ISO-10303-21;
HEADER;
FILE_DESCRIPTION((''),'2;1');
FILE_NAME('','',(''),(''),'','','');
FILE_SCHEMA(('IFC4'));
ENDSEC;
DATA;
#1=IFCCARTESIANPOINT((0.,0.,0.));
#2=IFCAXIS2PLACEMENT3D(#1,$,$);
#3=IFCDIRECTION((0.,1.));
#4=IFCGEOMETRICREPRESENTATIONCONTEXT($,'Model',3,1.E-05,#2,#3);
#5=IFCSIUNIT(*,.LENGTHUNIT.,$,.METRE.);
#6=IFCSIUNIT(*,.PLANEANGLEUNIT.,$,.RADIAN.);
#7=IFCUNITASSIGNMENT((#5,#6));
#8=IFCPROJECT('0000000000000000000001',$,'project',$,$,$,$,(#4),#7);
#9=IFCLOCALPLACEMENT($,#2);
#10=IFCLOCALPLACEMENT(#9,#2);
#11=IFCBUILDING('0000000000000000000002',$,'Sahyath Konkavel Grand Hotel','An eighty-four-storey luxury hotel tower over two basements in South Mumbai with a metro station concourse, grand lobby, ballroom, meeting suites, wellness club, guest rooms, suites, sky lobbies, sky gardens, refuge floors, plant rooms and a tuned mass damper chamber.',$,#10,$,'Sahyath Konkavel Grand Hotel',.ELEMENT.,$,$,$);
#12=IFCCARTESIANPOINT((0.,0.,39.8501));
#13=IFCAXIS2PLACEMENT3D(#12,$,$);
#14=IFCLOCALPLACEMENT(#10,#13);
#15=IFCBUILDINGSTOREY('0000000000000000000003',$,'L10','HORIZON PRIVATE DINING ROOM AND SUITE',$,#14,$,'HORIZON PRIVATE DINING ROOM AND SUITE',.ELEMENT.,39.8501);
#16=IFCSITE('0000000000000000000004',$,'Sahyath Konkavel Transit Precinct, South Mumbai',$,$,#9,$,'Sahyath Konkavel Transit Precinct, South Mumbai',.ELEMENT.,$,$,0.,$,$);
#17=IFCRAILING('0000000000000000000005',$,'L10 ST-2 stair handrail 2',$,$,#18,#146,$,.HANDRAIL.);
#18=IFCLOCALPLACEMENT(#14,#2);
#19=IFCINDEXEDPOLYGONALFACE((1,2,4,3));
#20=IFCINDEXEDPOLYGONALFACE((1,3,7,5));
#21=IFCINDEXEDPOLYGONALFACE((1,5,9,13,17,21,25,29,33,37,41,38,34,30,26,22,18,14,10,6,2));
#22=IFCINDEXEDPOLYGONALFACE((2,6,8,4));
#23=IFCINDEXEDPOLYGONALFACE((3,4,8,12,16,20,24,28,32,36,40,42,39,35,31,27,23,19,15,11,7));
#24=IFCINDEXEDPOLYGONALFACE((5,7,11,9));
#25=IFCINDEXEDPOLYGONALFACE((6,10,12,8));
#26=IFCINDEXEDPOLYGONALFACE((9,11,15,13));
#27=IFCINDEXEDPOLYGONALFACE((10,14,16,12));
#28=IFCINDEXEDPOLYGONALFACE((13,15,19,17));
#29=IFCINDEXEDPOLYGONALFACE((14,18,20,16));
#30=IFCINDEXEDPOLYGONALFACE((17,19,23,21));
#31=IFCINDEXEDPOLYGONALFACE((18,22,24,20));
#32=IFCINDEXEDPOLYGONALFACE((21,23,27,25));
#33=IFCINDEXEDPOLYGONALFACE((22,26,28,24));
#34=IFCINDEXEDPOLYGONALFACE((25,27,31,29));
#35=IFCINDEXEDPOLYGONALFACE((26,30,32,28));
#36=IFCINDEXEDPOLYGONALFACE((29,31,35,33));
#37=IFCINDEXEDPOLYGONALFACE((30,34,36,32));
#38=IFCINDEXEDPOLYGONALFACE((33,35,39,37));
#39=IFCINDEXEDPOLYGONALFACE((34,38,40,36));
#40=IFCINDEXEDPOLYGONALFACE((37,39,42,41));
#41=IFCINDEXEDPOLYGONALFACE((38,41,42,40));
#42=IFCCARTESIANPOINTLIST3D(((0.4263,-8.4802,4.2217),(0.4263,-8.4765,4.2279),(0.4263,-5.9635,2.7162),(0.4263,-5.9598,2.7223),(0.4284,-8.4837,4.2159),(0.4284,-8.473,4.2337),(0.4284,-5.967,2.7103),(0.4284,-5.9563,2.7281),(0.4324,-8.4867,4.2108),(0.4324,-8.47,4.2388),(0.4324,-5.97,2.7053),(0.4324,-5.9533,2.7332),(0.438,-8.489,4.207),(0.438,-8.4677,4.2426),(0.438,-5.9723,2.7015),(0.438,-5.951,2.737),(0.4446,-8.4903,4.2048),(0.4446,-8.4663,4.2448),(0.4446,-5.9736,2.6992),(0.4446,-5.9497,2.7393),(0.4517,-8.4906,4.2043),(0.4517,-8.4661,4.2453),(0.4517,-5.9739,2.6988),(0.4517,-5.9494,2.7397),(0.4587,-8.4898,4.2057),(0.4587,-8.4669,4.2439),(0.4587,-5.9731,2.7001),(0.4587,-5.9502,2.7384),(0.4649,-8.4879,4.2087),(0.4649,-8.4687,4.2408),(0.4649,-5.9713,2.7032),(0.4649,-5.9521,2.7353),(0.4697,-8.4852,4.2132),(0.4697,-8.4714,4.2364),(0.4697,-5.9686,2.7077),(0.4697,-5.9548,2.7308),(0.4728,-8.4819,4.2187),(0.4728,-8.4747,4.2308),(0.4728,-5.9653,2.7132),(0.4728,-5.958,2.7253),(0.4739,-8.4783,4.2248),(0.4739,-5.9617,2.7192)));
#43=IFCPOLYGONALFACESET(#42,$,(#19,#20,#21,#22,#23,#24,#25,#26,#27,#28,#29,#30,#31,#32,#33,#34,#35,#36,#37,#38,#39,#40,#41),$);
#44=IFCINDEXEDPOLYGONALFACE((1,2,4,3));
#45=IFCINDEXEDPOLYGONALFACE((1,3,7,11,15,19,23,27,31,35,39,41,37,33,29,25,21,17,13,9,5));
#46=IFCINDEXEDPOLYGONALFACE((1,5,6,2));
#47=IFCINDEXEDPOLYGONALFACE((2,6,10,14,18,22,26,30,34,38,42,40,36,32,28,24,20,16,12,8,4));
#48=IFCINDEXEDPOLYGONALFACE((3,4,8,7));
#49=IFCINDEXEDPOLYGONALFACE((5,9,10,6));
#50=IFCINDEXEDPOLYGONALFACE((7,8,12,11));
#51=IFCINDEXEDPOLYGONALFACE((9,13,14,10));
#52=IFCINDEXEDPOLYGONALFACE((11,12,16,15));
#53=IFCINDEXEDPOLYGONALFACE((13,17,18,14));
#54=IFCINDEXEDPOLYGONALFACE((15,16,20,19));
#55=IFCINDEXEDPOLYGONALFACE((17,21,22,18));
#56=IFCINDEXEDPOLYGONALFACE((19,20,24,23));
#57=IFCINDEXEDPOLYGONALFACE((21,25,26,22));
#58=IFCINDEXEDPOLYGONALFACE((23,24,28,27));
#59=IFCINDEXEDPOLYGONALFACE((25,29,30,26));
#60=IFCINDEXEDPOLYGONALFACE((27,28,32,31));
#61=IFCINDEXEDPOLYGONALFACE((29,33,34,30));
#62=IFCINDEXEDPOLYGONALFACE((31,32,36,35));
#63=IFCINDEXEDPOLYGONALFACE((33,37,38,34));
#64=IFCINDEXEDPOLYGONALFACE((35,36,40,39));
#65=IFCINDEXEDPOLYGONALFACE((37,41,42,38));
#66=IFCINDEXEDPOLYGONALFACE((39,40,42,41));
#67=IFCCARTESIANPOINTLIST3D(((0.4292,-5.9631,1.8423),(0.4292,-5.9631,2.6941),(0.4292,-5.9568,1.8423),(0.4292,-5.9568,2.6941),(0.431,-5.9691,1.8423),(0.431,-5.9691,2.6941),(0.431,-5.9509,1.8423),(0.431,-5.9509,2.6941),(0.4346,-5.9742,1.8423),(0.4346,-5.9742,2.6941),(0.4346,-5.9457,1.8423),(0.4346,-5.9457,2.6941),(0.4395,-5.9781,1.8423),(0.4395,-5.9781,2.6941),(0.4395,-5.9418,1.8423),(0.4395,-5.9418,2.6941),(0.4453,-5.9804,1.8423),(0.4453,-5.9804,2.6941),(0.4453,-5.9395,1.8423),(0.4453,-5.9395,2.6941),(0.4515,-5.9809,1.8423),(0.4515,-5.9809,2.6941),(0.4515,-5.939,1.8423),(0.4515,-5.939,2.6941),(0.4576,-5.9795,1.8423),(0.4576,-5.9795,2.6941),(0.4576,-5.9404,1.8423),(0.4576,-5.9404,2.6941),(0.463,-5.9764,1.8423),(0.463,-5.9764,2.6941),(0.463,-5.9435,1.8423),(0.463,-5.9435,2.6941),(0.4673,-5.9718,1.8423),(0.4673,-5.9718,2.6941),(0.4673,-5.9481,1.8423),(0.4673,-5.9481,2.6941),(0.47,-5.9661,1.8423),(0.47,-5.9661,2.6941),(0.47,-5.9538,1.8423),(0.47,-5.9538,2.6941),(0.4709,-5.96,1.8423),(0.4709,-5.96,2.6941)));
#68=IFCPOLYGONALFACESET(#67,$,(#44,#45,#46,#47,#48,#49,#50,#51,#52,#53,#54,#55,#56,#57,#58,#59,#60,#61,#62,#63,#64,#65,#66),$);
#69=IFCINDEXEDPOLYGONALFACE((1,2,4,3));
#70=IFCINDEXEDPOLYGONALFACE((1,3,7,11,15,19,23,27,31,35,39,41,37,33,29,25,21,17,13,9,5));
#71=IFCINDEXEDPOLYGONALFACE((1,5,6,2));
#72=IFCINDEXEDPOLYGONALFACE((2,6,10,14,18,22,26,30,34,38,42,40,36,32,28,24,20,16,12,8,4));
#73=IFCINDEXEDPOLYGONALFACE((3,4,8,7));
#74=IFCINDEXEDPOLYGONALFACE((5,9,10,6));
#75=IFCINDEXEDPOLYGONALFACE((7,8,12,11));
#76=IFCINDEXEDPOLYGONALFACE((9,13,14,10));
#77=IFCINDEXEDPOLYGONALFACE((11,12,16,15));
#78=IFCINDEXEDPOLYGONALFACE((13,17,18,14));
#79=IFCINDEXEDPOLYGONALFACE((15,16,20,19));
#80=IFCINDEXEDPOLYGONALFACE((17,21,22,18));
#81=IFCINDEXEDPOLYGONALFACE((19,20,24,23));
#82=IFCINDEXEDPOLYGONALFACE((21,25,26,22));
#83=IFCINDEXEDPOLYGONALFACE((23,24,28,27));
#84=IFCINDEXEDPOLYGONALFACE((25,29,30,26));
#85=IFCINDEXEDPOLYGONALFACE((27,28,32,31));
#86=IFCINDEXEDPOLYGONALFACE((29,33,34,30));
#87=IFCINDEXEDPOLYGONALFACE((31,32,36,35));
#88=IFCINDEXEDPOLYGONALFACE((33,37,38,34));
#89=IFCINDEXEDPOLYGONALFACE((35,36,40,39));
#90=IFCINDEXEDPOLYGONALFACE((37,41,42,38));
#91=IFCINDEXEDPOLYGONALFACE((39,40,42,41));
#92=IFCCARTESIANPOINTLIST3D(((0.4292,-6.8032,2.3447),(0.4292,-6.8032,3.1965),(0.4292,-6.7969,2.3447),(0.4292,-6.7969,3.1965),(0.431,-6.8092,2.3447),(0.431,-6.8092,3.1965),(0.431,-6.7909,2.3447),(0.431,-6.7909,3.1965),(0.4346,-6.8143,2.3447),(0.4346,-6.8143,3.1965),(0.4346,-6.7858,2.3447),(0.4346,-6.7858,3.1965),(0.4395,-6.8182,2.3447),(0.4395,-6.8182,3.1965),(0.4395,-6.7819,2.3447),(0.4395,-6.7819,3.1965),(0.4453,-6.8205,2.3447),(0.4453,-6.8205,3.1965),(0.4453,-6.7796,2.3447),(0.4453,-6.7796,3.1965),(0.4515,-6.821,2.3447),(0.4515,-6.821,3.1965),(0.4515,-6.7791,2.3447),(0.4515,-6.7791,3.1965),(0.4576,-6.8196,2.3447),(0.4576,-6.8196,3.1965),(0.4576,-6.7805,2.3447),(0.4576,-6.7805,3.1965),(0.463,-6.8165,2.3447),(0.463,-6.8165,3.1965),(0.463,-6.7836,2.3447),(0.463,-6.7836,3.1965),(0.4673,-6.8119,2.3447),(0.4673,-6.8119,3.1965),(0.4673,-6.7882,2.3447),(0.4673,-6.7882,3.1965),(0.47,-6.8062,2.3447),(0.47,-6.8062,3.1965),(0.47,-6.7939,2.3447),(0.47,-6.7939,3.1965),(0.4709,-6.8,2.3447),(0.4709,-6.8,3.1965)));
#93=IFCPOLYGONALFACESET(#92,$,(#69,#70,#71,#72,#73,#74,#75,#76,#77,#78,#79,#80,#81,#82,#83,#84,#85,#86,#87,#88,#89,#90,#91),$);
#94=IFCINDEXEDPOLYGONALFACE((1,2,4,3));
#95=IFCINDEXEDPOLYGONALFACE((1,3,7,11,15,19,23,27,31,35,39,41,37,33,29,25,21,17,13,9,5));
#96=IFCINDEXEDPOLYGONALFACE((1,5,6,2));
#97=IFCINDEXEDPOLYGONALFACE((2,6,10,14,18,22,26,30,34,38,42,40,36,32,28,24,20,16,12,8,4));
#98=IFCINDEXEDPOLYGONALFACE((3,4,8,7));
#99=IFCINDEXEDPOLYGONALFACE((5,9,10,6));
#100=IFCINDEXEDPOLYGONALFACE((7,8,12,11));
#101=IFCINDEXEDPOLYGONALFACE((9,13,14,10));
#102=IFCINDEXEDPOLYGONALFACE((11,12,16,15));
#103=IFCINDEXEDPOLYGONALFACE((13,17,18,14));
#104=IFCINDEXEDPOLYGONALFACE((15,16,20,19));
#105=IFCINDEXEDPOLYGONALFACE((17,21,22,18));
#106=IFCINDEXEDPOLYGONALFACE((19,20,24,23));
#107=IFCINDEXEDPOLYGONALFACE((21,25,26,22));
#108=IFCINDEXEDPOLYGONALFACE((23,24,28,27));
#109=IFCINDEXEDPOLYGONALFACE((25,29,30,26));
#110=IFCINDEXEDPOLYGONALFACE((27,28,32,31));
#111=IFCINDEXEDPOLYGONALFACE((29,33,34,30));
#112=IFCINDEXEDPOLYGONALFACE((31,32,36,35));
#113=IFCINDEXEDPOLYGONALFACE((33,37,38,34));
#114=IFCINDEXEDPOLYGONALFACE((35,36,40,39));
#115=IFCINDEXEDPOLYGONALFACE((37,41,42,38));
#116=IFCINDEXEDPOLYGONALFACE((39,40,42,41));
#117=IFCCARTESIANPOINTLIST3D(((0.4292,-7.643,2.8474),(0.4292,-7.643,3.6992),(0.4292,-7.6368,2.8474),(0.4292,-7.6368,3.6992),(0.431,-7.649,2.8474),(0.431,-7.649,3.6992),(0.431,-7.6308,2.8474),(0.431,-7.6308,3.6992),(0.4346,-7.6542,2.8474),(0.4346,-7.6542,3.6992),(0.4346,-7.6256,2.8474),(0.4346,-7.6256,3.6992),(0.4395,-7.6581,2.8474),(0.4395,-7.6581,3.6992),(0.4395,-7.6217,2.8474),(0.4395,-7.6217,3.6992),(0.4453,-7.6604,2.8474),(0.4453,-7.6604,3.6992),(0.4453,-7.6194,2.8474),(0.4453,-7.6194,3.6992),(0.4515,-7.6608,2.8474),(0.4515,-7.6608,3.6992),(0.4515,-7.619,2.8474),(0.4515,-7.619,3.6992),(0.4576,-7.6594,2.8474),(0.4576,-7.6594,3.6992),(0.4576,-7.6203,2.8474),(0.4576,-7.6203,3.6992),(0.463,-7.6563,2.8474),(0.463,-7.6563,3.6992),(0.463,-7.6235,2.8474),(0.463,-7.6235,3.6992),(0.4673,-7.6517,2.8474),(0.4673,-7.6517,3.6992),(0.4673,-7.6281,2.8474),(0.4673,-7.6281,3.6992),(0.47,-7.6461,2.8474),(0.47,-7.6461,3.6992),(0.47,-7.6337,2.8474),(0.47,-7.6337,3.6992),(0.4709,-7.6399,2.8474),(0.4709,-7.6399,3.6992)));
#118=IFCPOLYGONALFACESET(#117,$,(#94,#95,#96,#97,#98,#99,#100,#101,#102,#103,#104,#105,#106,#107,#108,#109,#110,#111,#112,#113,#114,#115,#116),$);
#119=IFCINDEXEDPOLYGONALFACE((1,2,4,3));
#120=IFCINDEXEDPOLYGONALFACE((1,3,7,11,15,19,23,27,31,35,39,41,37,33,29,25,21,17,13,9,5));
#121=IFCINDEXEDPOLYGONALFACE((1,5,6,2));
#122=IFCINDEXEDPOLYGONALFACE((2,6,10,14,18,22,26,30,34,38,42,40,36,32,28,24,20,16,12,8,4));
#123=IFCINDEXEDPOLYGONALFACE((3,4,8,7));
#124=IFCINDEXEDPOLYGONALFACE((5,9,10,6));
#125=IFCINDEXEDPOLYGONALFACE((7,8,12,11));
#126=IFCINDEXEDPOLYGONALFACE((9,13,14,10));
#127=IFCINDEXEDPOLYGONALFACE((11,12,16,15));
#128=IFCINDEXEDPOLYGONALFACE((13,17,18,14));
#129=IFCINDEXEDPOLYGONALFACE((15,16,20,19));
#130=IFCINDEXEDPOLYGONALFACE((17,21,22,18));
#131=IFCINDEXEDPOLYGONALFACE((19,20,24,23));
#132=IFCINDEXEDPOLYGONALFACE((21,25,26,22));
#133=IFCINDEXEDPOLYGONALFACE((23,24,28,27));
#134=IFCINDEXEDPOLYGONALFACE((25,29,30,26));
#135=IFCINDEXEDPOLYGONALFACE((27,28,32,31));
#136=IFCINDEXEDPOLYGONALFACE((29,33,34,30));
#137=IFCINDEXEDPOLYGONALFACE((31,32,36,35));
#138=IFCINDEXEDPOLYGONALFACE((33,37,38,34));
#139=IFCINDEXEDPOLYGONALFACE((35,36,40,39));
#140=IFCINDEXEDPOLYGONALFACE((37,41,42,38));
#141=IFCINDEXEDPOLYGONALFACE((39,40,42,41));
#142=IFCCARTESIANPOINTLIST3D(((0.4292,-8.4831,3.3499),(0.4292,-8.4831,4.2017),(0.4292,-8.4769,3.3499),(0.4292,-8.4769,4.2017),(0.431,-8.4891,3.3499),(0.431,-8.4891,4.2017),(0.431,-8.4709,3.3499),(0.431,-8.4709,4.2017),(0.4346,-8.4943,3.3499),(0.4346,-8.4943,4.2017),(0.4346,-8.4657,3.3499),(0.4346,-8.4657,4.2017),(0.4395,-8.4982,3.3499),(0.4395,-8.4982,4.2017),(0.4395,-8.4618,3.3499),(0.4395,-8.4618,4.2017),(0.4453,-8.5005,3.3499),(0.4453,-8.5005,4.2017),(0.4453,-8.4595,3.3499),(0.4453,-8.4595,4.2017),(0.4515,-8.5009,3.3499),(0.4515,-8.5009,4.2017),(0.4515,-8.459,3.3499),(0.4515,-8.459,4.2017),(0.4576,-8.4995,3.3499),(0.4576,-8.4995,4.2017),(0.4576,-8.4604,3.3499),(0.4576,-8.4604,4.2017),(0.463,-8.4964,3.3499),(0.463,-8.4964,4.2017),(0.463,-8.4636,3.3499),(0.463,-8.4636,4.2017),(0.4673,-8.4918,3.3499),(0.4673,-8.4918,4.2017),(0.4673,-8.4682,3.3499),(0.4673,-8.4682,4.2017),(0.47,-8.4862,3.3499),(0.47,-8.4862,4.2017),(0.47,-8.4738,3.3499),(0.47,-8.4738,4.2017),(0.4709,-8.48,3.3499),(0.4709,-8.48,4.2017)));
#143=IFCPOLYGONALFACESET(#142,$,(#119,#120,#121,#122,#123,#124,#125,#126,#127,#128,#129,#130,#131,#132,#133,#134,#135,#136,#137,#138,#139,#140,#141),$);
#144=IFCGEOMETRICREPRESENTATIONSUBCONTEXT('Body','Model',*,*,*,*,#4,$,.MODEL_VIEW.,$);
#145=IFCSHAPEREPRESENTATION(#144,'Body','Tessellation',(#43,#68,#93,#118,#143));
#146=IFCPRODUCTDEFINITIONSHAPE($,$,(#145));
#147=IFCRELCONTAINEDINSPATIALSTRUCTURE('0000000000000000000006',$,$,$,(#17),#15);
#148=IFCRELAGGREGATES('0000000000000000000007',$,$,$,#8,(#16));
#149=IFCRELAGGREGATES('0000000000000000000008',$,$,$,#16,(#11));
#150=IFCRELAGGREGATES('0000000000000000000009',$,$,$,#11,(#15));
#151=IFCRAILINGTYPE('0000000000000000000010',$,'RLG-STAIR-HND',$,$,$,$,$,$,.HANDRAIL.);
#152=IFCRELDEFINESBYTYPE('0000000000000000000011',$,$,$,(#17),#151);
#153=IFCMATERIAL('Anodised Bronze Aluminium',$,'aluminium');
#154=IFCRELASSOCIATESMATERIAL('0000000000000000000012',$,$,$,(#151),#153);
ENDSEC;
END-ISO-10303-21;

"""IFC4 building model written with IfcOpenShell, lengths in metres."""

from ifc_helpers import new_model, si_unit, direction, frame, origin, origin_2d, place, context, subcontext, project, spatial, circle, extrude, material, type_object, element, save


model = new_model("IFC4")

# Units and contexts
model_context = context("Model", 3, precision=1e-05, world=origin(), true_north=direction((0.0, 1.0)))
body_context = subcontext(model_context, "Body", "Model", "MODEL_VIEW")
ifc_project = project(units=[si_unit("LENGTHUNIT", "METRE"), si_unit("PLANEANGLEUNIT", "RADIAN")], contexts=[model_context])

# Site, building, storey
site_placement = place(None, origin())
site = spatial("IfcSite", under=ifc_project, at=site_placement, Name="Sahyath Konkavel Transit Precinct, South Mumbai", LongName="Sahyath Konkavel Transit Precinct, South Mumbai", CompositionType="ELEMENT", RefElevation=0.0)
building_placement = place(site_placement, origin())
building = spatial("IfcBuilding", under=site, at=building_placement, Name="Sahyath Konkavel Grand Hotel", Description="An eighty-four-storey luxury hotel tower over two basements in South Mumbai with a metro station concourse, grand lobby, ballroom, meeting suites, wellness club, guest rooms, suites, sky lobbies, sky gardens, refuge floors, plant rooms and a tuned mass damper chamber.", LongName="Sahyath Konkavel Grand Hotel", CompositionType="ELEMENT")
storey_placement = place(building_placement, frame((0.0, 0.0, 39.8501)))
storey = spatial("IfcBuildingStorey", under=building, at=storey_placement, Name="L10", Description="HORIZON PRIVATE DINING ROOM AND SUITE", LongName="HORIZON PRIVATE DINING ROOM AND SUITE", CompositionType="ELEMENT", Elevation=39.8501)

# Railing
ifc_material_1 = material(Name="Anodised Bronze Aluminium", Category="aluminium")
railing_type_1 = type_object("IfcRailingType", Name="RLG-STAIR-HND", PredefinedType="HANDRAIL", material=ifc_material_1)
railing_1_placement = place(storey_placement, frame((0.45, -5.96, 1.8423)))
element("IfcRailing", 1, at=railing_1_placement, inside=storey, type_object=railing_type_1, Name="L10 ST-2 stair handrail 2", PredefinedType="HANDRAIL", context=body_context, shape_type="SweptSolid", body=[
    extrude(circle(Radius=0.0239, at=origin_2d()), frame((0.0, -0.0017, 0.877), z_axis=(0.0, -0.85816, 0.513383), x_axis=(1.0, 0.0, 0.0)), (0.0, 0.0, 1.0), 2.9326),
    extrude(circle(Radius=0.021, at=origin_2d()), origin(), (0.0, 0.0, 1.0), 0.8518),
    extrude(circle(Radius=0.021, at=origin_2d()), frame((0.0, -0.8401, 0.5024)), (0.0, 0.0, 1.0), 0.8518),
    extrude(circle(Radius=0.021, at=origin_2d()), frame((0.0, -1.6799, 1.0051)), (0.0, 0.0, 1.0), 0.8518),
    extrude(circle(Radius=0.021, at=origin_2d()), frame((0.0, -2.52, 1.5076)), (0.0, 0.0, 1.0), 0.8518),
])

save(model, "model.ifc")
